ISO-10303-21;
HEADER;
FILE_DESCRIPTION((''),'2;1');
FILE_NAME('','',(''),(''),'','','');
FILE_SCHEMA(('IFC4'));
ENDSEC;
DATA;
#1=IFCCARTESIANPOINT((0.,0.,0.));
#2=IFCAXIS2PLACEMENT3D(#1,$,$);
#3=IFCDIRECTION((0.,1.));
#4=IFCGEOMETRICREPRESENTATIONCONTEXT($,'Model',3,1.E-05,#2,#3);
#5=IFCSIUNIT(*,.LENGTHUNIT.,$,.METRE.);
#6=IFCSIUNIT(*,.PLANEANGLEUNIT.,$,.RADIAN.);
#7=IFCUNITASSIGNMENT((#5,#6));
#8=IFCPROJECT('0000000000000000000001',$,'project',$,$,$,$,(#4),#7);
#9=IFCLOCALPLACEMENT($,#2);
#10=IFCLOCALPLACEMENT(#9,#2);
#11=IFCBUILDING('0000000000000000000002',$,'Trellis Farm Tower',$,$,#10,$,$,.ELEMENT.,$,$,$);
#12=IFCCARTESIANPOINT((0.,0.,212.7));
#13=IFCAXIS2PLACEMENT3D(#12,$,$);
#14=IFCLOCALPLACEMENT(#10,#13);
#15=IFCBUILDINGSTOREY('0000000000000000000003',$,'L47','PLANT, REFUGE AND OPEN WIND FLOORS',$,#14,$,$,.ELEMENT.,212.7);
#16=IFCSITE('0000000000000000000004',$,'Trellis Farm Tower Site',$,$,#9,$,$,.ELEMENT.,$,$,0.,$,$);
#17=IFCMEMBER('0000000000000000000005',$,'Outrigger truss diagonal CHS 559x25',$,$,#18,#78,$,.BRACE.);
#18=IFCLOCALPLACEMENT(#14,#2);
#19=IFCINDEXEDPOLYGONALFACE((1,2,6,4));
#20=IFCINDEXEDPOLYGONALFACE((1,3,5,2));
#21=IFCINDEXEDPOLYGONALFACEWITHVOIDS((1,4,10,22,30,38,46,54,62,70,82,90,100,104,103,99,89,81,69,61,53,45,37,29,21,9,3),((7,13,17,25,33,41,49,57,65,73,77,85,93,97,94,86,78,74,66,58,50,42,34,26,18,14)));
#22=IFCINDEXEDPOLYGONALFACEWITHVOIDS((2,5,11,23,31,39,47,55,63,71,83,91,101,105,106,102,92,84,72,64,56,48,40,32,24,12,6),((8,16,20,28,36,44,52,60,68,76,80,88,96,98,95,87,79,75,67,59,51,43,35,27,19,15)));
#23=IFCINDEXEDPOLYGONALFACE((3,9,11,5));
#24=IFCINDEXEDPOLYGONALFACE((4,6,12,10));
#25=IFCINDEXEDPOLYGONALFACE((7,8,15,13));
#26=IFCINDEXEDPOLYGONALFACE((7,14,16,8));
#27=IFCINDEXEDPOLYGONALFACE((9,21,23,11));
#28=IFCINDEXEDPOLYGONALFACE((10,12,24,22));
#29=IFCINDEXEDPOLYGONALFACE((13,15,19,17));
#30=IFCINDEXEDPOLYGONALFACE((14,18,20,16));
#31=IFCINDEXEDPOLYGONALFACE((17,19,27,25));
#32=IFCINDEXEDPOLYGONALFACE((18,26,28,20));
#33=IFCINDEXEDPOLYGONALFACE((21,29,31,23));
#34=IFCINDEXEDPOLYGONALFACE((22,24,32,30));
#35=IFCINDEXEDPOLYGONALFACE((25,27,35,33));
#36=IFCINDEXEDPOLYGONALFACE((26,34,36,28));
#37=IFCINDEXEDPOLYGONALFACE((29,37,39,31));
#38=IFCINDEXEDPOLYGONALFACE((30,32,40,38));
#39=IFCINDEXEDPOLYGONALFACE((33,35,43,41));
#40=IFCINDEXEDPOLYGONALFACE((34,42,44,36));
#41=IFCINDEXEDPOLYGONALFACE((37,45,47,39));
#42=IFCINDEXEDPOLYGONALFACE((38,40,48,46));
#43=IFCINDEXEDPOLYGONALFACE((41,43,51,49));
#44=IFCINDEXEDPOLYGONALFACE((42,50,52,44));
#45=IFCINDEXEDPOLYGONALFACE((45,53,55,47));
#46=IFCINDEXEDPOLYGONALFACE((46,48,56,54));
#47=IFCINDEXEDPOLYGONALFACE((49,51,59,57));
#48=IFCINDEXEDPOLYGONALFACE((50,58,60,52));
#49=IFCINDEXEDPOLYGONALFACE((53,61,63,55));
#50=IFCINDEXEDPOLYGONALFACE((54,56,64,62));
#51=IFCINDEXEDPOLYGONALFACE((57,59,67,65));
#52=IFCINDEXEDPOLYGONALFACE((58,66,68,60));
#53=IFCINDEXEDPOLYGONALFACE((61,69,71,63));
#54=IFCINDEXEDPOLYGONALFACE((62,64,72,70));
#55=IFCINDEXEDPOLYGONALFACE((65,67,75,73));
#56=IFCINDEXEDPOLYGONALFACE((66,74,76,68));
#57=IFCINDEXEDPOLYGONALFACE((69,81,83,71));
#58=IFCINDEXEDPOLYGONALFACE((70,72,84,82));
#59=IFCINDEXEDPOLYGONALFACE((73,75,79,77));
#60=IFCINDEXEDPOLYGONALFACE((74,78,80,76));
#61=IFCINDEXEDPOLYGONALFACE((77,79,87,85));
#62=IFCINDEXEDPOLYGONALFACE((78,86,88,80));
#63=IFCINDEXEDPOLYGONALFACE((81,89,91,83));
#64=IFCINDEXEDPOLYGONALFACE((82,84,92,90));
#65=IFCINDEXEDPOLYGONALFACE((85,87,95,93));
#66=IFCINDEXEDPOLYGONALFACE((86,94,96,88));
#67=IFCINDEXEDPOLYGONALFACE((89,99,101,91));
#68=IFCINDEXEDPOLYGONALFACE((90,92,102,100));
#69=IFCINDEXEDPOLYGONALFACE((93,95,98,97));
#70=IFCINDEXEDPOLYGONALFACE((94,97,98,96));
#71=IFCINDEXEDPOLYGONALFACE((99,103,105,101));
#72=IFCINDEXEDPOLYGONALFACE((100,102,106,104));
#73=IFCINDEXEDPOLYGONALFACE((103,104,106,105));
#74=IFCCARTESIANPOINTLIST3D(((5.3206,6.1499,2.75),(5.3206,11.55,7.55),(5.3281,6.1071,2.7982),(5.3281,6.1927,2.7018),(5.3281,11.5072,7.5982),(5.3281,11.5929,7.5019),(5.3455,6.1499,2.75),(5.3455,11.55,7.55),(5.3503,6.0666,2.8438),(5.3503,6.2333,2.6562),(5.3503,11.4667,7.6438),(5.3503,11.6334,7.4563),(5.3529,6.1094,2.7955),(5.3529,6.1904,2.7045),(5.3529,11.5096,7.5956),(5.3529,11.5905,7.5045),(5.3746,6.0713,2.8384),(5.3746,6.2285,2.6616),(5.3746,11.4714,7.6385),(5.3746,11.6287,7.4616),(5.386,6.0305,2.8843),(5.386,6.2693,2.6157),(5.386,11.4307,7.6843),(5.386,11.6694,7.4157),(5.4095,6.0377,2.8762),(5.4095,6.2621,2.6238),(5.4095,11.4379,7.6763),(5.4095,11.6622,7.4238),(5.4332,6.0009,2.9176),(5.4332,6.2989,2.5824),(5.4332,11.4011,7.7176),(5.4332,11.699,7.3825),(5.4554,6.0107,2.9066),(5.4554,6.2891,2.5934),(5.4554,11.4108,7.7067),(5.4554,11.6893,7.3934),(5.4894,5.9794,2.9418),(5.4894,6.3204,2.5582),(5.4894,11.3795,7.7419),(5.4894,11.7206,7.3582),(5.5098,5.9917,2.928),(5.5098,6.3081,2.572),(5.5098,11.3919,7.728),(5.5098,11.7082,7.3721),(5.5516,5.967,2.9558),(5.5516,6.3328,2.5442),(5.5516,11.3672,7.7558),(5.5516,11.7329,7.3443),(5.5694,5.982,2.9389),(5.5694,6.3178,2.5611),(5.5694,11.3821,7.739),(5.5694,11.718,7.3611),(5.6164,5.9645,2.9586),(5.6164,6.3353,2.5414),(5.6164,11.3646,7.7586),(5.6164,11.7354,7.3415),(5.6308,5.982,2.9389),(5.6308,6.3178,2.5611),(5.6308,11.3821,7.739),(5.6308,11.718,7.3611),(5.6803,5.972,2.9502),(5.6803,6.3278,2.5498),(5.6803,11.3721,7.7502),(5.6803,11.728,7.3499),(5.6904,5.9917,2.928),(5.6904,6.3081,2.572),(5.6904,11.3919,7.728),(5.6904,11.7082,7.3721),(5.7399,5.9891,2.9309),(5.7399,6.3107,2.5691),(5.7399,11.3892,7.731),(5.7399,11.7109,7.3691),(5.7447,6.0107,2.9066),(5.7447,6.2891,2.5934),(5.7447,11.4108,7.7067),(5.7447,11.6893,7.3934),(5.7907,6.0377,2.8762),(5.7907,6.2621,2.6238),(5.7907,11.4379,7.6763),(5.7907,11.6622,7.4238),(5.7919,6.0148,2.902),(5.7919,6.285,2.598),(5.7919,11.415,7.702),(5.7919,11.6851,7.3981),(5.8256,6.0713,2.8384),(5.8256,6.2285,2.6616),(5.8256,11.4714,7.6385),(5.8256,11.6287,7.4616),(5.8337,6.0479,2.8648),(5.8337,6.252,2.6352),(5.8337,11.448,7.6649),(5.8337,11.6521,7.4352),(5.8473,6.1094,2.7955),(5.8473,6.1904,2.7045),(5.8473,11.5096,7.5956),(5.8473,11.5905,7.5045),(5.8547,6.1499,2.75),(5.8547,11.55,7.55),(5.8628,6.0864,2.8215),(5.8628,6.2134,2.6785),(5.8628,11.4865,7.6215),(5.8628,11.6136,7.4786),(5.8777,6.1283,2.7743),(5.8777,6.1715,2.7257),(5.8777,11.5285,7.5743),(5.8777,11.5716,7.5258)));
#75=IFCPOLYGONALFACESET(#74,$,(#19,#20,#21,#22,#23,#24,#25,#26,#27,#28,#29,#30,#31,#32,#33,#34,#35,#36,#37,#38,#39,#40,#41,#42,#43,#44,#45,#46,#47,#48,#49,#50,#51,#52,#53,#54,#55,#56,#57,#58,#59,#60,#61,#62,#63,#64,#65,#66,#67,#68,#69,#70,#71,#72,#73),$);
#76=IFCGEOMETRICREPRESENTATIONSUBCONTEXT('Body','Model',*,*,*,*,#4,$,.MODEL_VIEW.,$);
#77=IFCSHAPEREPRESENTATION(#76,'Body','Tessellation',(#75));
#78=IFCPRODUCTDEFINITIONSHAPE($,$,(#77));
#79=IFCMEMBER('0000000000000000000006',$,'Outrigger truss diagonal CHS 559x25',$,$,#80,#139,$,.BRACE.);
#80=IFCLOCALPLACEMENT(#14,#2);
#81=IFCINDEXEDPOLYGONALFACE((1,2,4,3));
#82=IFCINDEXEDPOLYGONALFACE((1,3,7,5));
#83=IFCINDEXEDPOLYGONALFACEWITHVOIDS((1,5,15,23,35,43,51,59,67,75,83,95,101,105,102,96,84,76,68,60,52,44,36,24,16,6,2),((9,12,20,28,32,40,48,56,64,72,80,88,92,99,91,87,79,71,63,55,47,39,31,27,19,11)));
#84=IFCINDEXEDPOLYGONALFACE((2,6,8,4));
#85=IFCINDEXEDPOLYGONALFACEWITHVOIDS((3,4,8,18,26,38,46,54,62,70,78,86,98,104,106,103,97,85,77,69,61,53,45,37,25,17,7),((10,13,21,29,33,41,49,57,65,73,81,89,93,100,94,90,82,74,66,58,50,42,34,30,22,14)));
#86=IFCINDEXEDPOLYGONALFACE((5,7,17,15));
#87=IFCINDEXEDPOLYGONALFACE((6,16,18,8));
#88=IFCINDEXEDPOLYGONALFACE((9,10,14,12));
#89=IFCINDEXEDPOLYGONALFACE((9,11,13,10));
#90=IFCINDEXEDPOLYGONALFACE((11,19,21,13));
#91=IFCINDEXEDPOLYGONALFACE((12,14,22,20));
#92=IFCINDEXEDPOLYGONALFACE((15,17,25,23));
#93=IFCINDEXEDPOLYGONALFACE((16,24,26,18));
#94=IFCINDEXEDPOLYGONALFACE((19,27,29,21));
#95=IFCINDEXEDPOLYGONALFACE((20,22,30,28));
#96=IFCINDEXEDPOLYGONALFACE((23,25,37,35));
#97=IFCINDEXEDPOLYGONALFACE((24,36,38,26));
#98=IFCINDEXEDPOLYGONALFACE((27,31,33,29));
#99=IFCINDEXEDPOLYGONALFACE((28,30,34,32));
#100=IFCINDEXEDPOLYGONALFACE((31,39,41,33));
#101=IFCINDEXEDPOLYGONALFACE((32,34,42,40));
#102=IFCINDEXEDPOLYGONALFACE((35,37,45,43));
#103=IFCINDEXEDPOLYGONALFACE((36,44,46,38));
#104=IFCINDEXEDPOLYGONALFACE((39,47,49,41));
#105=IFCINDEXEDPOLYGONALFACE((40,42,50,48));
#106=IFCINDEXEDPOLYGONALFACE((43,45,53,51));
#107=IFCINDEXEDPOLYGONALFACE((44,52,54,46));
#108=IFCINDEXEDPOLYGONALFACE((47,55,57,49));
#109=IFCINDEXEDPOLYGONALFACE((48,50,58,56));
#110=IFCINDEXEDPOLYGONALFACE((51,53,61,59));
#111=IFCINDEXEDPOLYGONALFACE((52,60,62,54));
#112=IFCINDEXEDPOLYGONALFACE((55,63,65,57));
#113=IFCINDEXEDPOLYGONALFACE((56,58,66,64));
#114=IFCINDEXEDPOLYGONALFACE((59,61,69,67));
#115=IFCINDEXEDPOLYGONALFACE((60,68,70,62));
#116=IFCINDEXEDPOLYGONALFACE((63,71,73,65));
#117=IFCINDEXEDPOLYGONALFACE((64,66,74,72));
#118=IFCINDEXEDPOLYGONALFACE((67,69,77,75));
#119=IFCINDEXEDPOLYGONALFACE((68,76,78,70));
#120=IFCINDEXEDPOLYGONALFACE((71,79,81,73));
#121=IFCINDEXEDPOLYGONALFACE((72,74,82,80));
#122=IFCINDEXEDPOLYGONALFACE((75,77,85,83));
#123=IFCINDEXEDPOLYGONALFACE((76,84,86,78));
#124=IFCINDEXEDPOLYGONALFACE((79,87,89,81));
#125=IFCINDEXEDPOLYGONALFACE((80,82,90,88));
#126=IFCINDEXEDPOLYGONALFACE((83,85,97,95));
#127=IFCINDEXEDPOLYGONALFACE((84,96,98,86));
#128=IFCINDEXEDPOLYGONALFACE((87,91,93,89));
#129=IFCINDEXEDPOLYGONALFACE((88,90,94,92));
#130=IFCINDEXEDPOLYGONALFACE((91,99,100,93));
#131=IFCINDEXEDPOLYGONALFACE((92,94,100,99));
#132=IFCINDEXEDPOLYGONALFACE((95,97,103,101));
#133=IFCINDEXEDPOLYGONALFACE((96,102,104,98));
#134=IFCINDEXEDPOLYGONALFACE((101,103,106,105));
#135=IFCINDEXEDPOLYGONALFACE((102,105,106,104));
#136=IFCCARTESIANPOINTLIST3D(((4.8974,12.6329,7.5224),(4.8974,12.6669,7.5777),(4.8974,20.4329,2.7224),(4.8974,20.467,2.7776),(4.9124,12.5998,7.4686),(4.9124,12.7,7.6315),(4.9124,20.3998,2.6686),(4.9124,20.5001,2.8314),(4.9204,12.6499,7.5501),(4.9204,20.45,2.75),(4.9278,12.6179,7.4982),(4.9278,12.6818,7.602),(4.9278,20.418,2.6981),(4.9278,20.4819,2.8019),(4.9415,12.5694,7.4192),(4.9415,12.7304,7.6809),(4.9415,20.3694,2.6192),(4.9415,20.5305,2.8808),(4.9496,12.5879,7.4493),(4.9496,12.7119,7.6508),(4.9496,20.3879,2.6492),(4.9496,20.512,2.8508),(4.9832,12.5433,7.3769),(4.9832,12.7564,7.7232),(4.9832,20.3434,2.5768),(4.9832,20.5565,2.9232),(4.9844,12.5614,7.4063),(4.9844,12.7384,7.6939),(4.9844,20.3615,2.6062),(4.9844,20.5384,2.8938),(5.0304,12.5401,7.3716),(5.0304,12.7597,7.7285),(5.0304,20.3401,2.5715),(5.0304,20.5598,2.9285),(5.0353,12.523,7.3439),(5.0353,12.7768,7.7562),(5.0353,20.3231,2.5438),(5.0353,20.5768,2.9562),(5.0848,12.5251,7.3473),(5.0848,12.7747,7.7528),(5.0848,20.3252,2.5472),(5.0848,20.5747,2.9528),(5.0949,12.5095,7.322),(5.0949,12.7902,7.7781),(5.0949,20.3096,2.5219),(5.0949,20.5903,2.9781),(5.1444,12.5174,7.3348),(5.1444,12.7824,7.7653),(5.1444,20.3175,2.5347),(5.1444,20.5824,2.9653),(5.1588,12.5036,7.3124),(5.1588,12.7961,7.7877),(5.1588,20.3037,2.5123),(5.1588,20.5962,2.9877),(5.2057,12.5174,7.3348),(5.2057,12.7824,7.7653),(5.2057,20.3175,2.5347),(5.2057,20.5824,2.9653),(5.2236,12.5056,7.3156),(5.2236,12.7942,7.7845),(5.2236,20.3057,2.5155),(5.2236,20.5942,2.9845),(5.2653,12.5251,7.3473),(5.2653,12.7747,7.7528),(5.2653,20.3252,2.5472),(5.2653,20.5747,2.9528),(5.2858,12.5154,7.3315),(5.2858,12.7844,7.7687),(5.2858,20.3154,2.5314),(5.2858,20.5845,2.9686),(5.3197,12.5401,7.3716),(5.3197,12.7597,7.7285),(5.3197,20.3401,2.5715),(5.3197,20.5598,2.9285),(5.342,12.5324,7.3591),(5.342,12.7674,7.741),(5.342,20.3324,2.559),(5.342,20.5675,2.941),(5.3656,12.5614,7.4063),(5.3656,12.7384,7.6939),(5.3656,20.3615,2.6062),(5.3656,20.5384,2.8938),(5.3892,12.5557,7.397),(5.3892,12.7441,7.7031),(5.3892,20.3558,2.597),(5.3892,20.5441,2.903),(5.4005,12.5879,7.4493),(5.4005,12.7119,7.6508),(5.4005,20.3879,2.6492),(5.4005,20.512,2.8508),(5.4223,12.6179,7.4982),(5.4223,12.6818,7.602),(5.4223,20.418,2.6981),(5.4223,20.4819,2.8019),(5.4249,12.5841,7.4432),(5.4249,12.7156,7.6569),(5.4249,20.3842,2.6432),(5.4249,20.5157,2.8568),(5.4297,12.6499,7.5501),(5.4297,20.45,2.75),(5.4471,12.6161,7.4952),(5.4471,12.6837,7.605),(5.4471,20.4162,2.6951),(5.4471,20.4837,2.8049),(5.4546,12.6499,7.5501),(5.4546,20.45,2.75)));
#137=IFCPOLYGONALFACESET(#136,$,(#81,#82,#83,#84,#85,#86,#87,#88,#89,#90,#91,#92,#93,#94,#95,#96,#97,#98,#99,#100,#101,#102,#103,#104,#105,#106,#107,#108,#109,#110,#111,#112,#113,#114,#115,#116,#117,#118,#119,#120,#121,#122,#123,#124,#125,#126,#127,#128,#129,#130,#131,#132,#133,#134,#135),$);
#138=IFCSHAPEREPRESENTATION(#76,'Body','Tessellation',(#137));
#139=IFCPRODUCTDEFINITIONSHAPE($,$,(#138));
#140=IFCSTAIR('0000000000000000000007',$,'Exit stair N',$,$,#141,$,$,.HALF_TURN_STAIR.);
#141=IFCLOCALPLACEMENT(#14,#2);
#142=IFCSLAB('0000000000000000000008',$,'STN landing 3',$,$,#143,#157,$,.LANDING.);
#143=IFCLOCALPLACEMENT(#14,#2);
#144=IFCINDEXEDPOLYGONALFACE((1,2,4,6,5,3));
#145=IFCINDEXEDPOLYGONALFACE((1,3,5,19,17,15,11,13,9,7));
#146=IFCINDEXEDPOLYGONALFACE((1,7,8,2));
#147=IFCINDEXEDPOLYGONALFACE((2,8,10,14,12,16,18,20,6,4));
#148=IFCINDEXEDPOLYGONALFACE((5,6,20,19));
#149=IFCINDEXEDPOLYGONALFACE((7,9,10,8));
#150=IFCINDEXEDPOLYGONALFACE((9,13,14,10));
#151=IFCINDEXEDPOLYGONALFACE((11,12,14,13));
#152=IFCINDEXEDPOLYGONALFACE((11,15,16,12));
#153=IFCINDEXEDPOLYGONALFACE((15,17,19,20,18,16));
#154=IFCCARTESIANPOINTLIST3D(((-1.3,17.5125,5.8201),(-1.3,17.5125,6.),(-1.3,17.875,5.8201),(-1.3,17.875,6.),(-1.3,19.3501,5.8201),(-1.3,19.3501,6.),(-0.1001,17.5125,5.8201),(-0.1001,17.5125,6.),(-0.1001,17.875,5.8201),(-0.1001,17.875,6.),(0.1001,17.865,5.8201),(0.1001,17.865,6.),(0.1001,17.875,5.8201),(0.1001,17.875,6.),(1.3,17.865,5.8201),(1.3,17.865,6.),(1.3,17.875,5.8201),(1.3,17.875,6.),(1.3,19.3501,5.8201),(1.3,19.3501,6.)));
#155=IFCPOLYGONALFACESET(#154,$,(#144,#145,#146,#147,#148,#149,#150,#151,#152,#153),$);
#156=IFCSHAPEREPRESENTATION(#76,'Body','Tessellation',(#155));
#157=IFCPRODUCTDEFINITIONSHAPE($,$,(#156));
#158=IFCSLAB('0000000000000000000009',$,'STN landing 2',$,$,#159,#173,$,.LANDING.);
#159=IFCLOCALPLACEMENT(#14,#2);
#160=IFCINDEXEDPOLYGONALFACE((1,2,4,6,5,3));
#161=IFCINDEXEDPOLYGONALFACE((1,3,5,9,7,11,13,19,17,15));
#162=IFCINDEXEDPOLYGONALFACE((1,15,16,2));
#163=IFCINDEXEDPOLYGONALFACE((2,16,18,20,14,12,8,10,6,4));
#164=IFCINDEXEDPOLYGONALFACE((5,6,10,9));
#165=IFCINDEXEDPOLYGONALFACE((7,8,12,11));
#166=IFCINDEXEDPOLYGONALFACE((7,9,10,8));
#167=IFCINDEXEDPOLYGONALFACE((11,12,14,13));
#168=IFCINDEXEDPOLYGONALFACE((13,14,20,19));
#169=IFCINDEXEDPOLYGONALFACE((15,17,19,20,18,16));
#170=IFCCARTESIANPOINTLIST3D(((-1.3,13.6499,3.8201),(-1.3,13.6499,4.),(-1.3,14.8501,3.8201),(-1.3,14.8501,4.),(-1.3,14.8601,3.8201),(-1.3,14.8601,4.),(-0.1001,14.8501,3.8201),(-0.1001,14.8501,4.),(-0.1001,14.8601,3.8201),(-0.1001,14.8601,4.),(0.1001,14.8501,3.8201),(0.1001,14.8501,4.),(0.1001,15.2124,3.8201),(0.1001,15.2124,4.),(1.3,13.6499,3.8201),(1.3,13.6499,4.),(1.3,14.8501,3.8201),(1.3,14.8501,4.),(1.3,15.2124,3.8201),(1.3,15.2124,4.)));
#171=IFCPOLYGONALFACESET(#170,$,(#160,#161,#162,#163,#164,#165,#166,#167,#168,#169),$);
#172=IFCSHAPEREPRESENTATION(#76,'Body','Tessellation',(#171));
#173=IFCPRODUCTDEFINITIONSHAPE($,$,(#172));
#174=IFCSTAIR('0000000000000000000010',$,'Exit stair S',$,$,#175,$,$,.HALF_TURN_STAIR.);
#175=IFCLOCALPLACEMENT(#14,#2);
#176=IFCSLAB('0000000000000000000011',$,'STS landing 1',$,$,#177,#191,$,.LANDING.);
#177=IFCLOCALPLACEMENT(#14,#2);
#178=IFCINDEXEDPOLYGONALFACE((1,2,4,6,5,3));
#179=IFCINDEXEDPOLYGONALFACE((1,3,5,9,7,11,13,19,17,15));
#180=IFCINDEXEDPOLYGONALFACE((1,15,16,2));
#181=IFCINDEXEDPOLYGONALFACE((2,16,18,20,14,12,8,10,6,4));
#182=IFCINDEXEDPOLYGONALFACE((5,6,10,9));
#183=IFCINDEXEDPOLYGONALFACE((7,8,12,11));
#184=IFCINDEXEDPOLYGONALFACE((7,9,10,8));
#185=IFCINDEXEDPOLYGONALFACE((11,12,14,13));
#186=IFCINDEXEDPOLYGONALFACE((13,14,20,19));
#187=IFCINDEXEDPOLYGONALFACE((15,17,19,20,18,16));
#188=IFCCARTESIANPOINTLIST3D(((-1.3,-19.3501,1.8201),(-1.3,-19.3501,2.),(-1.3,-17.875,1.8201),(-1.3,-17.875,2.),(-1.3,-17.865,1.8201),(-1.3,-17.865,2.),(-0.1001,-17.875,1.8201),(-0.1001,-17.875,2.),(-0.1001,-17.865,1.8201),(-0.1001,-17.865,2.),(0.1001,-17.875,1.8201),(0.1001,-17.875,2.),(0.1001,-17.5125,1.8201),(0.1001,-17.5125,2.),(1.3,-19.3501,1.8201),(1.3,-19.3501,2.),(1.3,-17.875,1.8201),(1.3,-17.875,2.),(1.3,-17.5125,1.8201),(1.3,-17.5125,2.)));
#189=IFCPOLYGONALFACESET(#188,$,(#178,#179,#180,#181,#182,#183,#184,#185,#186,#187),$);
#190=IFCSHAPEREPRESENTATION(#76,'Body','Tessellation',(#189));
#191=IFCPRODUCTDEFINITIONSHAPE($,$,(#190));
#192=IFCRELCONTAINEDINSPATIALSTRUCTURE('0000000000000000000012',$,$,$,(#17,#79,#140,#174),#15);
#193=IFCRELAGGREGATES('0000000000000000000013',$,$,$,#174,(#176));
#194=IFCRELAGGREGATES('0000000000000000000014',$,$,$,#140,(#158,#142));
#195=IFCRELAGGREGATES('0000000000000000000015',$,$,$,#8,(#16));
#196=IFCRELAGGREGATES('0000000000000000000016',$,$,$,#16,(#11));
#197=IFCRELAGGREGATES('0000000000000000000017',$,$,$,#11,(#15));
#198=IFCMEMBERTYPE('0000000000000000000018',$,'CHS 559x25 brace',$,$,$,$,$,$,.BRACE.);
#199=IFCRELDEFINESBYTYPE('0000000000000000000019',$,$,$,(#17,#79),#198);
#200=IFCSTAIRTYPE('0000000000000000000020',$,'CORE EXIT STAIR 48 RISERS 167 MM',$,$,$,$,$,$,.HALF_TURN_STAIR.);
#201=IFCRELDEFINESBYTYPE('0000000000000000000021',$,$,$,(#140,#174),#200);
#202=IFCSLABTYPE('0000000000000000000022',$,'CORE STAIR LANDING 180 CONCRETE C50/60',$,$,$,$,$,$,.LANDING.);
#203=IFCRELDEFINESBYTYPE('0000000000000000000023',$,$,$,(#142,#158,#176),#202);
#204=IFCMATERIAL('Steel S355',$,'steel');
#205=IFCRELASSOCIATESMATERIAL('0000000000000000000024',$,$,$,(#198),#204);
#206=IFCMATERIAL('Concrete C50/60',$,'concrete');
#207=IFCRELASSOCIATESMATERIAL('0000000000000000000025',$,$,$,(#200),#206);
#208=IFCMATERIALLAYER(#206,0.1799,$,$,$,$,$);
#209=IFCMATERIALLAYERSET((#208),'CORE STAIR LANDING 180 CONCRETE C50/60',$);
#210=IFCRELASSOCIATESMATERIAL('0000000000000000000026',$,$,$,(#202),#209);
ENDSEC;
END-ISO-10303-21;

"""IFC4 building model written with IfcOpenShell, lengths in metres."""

from ifc_helpers import new_model, si_unit, direction, frame, origin, origin_2d, place, context, subcontext, project, spatial, polyline, hollow_circle, outline, extrude, source, transform, mapped, material, layer, layer_set, material_profile, profile_set, type_object, element, aggregate, save


model = new_model("IFC4")

# Units and contexts
model_context = context("Model", 3, precision=1e-05, world=origin(), true_north=direction((0.0, 1.0)))
body_context = subcontext(model_context, "Body", "Model", "MODEL_VIEW")
ifc_project = project(units=[si_unit("LENGTHUNIT", "METRE"), si_unit("PLANEANGLEUNIT", "RADIAN")], contexts=[model_context])

# Site, building, storey
site_placement = place(None, origin())
site = spatial("IfcSite", under=ifc_project, at=site_placement, Name="Trellis Farm Tower Site", CompositionType="ELEMENT", RefElevation=0.0)
building_placement = place(site_placement, origin())
building = spatial("IfcBuilding", under=site, at=building_placement, Name="Trellis Farm Tower", CompositionType="ELEMENT")
storey_placement = place(building_placement, frame((0.0, 0.0, 212.7)))
storey = spatial("IfcBuildingStorey", under=building, at=storey_placement, Name="L47", Description="PLANT, REFUGE AND OPEN WIND FLOORS", CompositionType="ELEMENT", Elevation=212.7)

# Shared definitions
ifc_material_1 = material(Name="Steel S355", Category="steel")

# Members
ifc_material_profile_1 = material_profile(ifc_material_1, hollow_circle(Radius=0.2795, WallThickness=0.0249, at=origin_2d()), Name="CHS 559x25")
ifc_profile_set_1 = profile_set([ifc_material_profile_1], Name="Steel S355")
member_type = type_object("IfcMemberType", Name="CHS 559x25 brace", PredefinedType="BRACE", material=ifc_profile_set_1)
shared_shape_1 = source(origin(), body_context, "Body", "SweptSolid", [
    extrude(hollow_circle(Radius=0.2795, WallThickness=0.0249, at=origin_2d()), origin(), (0.0, 0.0, 1.0), 7.2251),
])
member_1_placement = place(storey_placement, frame((5.6001, 6.1499, 2.75), z_axis=(0.0, 0.747415, 0.664358), x_axis=(-1.0, 0.0, 0.0)))
element("IfcMember", 1, at=member_1_placement, inside=storey, type_object=member_type, Name="Outrigger truss diagonal CHS 559x25", PredefinedType="BRACE", context=body_context, shape_type="MappedRepresentation", body=[
    mapped(shared_shape_1, transform((0.0, 0.0, 0.0))),
])
shared_shape_2 = source(origin(), body_context, "Body", "SweptSolid", [
    extrude(hollow_circle(Radius=0.2795, WallThickness=0.0249, at=origin_2d()), origin(), (0.0, 0.0, 1.0), 9.1587),
])
member_2_placement = place(storey_placement, frame((5.175, 20.45, 2.75), z_axis=(0.0, -0.851657, 0.524099), x_axis=(1.0, 0.0, 0.0)))
element("IfcMember", 2, at=member_2_placement, inside=storey, type_object=member_type, Name="Outrigger truss diagonal CHS 559x25", PredefinedType="BRACE", context=body_context, shape_type="MappedRepresentation", body=[
    mapped(shared_shape_2, transform((0.0, 0.0, 0.0))),
])

# Stairs, slabs
ifc_material_2 = material(Name="Concrete C50/60", Category="concrete")
stair_type = type_object("IfcStairType", Name="CORE EXIT STAIR 48 RISERS 167 MM", PredefinedType="HALF_TURN_STAIR", material=ifc_material_2)
placement_1 = place(storey_placement, origin())
stair_1 = element("IfcStair", 3, at=placement_1, inside=storey, type_object=stair_type, Name="Exit stair N", PredefinedType="HALF_TURN_STAIR")
ifc_layer_1 = layer(ifc_material_2, 0.1799)
ifc_layer_set_1 = layer_set([ifc_layer_1], Name="CORE STAIR LANDING 180 CONCRETE C50/60")
slab_type = type_object("IfcSlabType", Name="CORE STAIR LANDING 180 CONCRETE C50/60", PredefinedType="LANDING", material=ifc_layer_set_1)
shared_shape_3 = source(origin(), body_context, "Body", "SweptSolid", [
    extrude(outline(polyline([(-0.1001, 17.5125), (-1.3, 17.5125), (-1.3, 17.875), (-1.3, 19.3501), (1.3, 19.3501), (1.3, 17.875), (1.3, 17.865), (0.1001, 17.865), (0.1001, 17.875), (-0.1001, 17.875), (-0.1001, 17.5125)])), origin(), (0.0, 0.0, 1.0), 0.1799),
])
placement_2 = place(storey_placement, frame((0.0, 0.0, 5.8201)))
slab_1 = element("IfcSlab", 4, at=placement_2, type_object=slab_type, Name="STN landing 3", PredefinedType="LANDING", context=body_context, shape_type="MappedRepresentation", body=[
    mapped(shared_shape_3, transform((0.0, 0.0, 0.0))),
])
shared_shape_4 = source(origin(), body_context, "Body", "SweptSolid", [
    extrude(outline(polyline([(1.3, 13.6499), (-1.3, 13.6499), (-1.3, 14.8501), (-1.3, 14.8601), (-0.1001, 14.8601), (-0.1001, 14.8501), (0.1001, 14.8501), (0.1001, 15.2124), (1.3, 15.2124), (1.3, 14.8501), (1.3, 13.6499)])), origin(), (0.0, 0.0, 1.0), 0.1799),
])
placement_3 = place(storey_placement, frame((0.0, 0.0, 3.8201)))
slab_2 = element("IfcSlab", 5, at=placement_3, type_object=slab_type, Name="STN landing 2", PredefinedType="LANDING", context=body_context, shape_type="MappedRepresentation", body=[
    mapped(shared_shape_4, transform((0.0, 0.0, 0.0))),
])
stair_2 = element("IfcStair", 6, at=placement_1, inside=storey, type_object=stair_type, Name="Exit stair S", PredefinedType="HALF_TURN_STAIR")
shared_shape_5 = source(origin(), body_context, "Body", "SweptSolid", [
    extrude(outline(polyline([(1.3, -19.3501), (-1.3, -19.3501), (-1.3, -17.875), (-1.3, -17.865), (-0.1001, -17.865), (-0.1001, -17.875), (0.1001, -17.875), (0.1001, -17.5125), (1.3, -17.5125), (1.3, -17.875), (1.3, -19.3501)])), origin(), (0.0, 0.0, 1.0), 0.1799),
])
placement_4 = place(storey_placement, frame((0.0, 0.0, 1.8201)))
slab_3 = element("IfcSlab", 7, at=placement_4, type_object=slab_type, Name="STS landing 1", PredefinedType="LANDING", context=body_context, shape_type="MappedRepresentation", body=[
    mapped(shared_shape_5, transform((0.0, 0.0, 0.0))),
])
aggregate(stair_2, [slab_3])

aggregate(stair_1, [slab_2, slab_1])

save(model, "model.ifc")
